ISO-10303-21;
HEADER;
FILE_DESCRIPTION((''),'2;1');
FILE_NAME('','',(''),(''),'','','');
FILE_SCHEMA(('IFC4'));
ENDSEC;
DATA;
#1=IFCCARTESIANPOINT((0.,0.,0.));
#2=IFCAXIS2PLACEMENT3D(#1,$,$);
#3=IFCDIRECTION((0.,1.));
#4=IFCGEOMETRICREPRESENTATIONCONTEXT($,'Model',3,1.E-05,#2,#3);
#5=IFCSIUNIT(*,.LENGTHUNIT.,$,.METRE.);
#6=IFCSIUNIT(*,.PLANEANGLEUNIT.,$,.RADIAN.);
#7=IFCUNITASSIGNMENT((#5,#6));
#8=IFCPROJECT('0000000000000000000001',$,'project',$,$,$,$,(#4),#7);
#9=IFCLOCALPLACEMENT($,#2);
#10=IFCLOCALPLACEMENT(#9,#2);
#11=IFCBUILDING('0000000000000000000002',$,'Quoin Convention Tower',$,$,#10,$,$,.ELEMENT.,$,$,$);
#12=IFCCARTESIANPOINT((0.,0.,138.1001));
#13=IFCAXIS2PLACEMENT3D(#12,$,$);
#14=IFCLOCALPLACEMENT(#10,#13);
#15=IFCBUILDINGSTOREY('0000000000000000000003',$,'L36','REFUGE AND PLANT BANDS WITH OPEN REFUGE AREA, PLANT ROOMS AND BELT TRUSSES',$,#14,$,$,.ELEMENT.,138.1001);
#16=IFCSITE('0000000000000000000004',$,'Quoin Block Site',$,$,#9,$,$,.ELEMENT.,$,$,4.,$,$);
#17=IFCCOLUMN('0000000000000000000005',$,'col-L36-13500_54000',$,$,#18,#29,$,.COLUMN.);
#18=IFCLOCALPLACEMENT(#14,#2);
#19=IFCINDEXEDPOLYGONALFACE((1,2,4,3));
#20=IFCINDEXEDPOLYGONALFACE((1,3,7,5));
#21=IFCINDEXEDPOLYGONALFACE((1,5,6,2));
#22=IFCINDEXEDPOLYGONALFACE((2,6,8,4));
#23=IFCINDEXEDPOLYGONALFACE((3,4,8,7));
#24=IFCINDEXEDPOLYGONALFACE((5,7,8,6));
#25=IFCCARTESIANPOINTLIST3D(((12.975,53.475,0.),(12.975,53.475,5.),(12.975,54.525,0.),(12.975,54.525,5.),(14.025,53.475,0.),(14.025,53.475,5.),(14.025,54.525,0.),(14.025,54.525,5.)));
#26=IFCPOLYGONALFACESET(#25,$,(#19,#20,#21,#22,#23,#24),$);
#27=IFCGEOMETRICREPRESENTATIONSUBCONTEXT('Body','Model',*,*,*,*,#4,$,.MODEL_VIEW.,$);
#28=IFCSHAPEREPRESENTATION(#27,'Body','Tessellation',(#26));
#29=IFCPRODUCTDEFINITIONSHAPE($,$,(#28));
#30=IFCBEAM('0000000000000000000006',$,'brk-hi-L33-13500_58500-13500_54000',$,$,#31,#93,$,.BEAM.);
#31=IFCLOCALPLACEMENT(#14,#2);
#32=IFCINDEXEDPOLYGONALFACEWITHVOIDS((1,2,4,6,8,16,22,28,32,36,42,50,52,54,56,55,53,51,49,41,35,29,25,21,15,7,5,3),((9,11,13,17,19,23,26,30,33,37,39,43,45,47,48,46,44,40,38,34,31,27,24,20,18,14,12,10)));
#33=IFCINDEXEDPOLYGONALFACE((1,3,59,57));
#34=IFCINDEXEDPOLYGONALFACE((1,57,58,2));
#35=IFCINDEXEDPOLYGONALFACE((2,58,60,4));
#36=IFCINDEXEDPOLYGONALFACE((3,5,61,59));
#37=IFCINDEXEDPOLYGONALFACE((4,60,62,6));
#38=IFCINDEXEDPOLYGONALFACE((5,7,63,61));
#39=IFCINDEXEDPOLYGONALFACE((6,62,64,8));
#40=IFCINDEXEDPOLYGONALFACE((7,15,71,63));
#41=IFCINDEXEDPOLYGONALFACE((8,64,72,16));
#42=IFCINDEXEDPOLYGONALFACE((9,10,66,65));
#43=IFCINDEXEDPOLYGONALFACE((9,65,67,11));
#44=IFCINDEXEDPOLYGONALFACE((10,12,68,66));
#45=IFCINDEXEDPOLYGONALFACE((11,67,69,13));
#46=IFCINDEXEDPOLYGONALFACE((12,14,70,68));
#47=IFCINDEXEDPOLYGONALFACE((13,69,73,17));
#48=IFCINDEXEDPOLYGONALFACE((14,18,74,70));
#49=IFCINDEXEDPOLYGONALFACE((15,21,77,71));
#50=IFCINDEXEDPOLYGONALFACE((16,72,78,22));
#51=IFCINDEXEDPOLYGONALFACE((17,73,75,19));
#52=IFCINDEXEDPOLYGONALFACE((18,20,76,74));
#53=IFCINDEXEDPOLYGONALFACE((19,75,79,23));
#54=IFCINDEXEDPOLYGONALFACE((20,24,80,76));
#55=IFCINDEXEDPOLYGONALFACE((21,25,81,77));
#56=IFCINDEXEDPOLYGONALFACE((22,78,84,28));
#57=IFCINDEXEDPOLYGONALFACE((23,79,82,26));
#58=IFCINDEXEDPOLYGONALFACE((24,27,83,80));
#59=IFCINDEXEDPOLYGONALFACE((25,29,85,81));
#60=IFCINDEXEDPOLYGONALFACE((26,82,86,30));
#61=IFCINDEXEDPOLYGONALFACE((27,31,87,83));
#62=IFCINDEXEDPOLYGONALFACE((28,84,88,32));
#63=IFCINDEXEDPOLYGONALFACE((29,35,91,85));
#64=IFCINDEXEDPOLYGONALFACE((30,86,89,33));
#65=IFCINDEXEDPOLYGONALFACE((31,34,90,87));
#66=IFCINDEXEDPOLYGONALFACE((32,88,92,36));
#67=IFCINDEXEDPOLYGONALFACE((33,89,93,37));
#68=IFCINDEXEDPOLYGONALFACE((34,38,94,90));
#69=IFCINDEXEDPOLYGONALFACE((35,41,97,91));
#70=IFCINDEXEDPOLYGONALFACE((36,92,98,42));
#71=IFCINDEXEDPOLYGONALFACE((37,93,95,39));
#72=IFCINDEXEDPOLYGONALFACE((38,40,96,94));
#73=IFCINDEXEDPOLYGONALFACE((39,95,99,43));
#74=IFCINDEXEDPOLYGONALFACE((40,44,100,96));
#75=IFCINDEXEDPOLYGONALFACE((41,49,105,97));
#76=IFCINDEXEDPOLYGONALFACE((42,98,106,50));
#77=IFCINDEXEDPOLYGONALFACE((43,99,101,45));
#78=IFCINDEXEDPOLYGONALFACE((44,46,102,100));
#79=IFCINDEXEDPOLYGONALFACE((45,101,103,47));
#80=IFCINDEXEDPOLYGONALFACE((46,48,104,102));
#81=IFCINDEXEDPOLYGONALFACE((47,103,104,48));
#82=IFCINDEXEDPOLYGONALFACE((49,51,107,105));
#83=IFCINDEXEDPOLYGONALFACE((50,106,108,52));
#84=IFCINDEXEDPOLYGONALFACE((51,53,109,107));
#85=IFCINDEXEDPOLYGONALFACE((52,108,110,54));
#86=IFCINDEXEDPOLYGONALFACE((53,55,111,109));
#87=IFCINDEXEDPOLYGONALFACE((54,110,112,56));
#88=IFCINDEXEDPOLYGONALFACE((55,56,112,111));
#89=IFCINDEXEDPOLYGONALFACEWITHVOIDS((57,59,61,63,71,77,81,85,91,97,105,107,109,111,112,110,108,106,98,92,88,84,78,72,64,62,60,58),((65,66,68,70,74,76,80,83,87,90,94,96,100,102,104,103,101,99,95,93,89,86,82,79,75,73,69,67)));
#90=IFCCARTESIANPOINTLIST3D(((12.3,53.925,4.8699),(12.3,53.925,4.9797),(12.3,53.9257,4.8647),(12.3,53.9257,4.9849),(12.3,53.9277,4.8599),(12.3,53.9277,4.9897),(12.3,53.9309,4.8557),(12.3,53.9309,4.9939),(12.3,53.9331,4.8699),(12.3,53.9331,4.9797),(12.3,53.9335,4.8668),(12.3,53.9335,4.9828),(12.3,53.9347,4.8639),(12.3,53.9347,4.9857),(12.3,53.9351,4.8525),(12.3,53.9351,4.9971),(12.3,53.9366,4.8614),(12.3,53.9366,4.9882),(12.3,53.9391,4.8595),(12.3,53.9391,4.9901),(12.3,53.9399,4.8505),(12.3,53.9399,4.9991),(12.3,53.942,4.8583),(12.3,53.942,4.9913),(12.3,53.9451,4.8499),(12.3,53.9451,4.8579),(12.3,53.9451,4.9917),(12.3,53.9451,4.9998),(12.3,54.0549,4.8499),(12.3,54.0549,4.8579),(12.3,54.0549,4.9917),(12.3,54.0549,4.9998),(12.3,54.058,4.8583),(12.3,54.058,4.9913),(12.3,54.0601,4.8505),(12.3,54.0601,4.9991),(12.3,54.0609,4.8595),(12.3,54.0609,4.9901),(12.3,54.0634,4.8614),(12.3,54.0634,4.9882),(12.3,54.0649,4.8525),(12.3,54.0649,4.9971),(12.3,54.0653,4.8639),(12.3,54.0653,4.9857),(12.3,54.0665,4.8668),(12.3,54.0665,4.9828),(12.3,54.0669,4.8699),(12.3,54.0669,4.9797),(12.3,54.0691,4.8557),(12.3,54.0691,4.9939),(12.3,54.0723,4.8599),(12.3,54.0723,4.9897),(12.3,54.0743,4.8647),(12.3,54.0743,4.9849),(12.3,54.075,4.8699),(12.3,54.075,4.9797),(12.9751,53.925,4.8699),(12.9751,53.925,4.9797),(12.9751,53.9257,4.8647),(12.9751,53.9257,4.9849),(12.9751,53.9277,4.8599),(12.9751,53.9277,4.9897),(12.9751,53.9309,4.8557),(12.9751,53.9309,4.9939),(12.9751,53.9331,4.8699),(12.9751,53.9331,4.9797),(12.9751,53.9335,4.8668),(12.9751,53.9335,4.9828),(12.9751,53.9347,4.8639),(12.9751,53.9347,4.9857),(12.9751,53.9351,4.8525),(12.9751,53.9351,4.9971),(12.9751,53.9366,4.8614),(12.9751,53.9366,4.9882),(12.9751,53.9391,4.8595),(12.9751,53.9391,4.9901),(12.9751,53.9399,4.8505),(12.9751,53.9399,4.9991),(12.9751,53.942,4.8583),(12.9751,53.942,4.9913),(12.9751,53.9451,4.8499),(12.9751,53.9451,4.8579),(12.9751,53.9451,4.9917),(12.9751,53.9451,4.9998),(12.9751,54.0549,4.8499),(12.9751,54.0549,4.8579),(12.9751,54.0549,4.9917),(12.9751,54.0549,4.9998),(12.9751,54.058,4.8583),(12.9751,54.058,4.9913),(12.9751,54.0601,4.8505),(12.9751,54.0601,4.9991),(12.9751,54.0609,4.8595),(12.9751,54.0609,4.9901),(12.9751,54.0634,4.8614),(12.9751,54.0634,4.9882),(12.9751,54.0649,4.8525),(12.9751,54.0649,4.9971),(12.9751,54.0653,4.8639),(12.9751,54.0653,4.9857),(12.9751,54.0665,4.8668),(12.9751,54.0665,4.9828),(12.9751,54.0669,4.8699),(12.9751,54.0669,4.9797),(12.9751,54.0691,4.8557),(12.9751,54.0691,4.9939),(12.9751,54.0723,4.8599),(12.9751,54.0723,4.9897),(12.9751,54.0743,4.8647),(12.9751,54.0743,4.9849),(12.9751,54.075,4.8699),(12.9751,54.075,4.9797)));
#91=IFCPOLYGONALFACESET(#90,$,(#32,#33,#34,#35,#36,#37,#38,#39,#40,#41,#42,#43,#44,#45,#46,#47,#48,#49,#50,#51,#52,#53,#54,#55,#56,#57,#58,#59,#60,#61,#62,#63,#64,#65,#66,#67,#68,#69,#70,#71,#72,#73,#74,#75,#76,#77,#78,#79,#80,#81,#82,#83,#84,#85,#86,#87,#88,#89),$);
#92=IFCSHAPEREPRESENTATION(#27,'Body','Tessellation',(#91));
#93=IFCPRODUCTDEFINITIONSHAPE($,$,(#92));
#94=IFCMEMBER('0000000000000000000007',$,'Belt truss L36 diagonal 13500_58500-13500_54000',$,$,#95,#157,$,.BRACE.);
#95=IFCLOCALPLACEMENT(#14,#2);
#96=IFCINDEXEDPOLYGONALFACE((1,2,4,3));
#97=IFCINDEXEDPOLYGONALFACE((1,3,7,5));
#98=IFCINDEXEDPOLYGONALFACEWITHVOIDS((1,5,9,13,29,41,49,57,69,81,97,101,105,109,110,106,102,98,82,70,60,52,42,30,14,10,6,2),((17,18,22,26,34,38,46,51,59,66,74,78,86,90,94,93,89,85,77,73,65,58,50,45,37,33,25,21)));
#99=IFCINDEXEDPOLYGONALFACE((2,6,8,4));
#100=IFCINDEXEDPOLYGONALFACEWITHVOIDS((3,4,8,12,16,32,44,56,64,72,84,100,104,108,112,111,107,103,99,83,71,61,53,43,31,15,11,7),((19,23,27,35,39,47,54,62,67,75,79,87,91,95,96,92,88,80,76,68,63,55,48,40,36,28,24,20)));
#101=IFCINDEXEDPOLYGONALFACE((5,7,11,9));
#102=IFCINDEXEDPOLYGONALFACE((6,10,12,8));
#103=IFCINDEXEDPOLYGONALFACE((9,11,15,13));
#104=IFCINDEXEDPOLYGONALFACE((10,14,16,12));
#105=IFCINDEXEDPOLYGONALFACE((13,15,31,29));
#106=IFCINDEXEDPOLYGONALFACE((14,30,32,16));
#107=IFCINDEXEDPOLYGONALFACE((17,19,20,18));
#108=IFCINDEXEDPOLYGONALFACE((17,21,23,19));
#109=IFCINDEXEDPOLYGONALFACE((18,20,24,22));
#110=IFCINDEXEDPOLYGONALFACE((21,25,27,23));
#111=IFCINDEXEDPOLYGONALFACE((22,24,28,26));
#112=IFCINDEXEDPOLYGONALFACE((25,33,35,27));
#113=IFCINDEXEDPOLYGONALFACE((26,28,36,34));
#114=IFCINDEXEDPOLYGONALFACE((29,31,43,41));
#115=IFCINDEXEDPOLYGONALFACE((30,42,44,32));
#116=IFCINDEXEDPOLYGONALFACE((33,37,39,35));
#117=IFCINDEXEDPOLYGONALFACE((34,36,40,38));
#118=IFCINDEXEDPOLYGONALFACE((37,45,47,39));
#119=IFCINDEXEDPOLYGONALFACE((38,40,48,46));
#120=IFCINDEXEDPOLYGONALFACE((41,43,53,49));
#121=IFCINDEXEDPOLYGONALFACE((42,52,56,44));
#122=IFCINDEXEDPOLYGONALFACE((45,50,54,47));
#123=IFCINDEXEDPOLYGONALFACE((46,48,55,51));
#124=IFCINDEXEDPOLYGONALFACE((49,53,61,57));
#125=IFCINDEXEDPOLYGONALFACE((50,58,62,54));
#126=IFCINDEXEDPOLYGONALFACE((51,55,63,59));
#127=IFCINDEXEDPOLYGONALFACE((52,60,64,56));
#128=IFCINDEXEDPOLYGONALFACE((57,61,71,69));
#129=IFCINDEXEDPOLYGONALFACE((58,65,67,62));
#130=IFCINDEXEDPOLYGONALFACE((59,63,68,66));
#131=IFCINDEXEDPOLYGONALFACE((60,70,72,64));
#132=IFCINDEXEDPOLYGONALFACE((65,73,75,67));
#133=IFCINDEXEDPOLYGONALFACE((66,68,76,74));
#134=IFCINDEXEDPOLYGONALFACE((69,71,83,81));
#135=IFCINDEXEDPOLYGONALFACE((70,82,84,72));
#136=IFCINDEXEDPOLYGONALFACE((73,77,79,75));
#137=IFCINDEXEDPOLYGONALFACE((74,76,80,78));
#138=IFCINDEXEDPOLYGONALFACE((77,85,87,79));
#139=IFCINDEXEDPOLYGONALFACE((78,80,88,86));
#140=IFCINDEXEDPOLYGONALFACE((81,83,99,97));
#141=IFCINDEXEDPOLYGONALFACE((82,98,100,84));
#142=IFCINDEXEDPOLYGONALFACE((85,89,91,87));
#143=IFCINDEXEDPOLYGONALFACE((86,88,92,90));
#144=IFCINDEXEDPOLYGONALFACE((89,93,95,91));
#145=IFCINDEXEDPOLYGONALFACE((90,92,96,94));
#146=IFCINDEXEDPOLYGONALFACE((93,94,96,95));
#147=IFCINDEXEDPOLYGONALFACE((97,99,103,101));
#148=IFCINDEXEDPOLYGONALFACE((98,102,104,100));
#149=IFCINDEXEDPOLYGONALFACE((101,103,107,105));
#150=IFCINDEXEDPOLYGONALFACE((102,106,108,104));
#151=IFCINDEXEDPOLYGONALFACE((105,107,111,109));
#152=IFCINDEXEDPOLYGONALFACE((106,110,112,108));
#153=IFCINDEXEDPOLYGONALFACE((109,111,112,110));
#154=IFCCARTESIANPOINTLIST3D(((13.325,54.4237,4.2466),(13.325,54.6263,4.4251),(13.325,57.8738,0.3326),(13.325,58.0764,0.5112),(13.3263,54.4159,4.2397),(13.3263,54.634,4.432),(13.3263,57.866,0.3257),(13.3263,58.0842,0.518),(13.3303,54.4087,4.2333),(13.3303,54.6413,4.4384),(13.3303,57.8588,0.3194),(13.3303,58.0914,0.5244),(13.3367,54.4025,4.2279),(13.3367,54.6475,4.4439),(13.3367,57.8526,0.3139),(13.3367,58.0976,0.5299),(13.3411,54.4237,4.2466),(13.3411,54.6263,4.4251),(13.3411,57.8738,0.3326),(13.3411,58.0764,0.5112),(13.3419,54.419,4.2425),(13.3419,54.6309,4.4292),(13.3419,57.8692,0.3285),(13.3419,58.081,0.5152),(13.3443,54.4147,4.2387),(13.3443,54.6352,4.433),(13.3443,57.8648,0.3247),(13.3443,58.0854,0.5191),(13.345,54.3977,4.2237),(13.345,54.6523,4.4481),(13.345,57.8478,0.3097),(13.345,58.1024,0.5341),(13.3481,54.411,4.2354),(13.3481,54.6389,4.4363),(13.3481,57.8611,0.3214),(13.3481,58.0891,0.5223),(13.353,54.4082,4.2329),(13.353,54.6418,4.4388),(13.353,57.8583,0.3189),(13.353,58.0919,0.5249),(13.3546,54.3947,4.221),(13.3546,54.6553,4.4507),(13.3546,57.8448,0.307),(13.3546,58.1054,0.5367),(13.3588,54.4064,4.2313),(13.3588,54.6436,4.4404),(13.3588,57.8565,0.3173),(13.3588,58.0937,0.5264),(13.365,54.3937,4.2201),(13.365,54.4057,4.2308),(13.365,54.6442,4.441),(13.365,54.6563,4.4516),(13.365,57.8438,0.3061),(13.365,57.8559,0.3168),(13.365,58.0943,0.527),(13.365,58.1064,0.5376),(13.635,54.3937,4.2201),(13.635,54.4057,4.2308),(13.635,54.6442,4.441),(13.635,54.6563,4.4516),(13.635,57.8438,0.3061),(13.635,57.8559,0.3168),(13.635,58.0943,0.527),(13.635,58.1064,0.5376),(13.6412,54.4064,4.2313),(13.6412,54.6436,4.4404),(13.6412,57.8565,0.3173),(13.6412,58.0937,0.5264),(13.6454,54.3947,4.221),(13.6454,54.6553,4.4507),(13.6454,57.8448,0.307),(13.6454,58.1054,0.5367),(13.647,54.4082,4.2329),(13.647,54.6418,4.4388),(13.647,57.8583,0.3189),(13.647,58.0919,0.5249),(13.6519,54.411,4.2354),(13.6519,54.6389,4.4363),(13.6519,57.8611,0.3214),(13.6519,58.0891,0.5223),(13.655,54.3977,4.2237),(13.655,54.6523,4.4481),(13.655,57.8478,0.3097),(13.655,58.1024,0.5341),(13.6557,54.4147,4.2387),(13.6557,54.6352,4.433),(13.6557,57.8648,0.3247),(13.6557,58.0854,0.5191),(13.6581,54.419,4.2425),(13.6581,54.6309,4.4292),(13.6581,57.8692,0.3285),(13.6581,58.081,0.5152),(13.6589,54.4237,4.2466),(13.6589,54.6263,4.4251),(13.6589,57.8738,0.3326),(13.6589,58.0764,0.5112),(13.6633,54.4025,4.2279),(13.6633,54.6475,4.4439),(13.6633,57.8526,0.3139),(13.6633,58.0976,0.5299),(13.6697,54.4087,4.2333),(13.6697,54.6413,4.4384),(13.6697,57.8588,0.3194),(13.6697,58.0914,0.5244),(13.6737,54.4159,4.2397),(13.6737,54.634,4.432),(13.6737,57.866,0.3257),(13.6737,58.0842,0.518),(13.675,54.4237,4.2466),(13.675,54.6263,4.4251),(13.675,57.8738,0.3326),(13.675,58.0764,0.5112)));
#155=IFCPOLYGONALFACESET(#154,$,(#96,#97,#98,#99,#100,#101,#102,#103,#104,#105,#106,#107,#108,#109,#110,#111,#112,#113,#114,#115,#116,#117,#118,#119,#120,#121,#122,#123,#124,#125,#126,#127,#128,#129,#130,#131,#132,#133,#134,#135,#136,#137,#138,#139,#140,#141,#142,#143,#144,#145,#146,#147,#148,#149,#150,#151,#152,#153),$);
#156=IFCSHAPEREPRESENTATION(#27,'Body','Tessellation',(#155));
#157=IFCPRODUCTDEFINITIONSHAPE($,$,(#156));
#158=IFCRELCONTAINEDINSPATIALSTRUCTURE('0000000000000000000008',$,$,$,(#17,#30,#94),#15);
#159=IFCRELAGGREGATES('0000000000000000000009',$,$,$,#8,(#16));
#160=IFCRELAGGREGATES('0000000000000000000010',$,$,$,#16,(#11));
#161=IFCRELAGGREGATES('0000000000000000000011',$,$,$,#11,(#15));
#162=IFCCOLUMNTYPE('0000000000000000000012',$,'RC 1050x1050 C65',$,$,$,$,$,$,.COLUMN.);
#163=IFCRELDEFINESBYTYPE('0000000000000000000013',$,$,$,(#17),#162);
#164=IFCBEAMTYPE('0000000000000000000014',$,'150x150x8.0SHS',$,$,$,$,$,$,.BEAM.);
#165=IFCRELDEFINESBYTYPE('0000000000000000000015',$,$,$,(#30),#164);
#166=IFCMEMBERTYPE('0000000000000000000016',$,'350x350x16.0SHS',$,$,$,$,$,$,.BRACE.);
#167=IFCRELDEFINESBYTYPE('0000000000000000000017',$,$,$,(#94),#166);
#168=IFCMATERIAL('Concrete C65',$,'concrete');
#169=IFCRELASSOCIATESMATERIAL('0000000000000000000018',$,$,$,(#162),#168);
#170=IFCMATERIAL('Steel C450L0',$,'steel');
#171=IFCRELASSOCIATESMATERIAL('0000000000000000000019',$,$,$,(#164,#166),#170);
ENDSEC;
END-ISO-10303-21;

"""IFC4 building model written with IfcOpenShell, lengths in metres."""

from ifc_helpers import new_model, si_unit, direction, frame, origin, origin_2d, place, context, subcontext, project, spatial, rectangle, hollow_rectangle, extrude, material, material_profile, profile_set, type_object, element, save


model = new_model("IFC4")

# Units and contexts
model_context = context("Model", 3, precision=1e-05, world=origin(), true_north=direction((0.0, 1.0)))
body_context = subcontext(model_context, "Body", "Model", "MODEL_VIEW")
ifc_project = project(units=[si_unit("LENGTHUNIT", "METRE"), si_unit("PLANEANGLEUNIT", "RADIAN")], contexts=[model_context])

# Site, building, storey
site_placement = place(None, origin())
site = spatial("IfcSite", under=ifc_project, at=site_placement, Name="Quoin Block Site", CompositionType="ELEMENT", RefElevation=4.0)
building_placement = place(site_placement, origin())
building = spatial("IfcBuilding", under=site, at=building_placement, Name="Quoin Convention Tower", CompositionType="ELEMENT")
storey_placement = place(building_placement, frame((0.0, 0.0, 138.1001)))
storey = spatial("IfcBuildingStorey", under=building, at=storey_placement, Name="L36", Description="REFUGE AND PLANT BANDS WITH OPEN REFUGE AREA, PLANT ROOMS AND BELT TRUSSES", CompositionType="ELEMENT", Elevation=138.1001)

# Column
ifc_material_1 = material(Name="Concrete C65", Category="concrete")
ifc_material_profile_1 = material_profile(ifc_material_1, rectangle(XDim=1.05, YDim=1.05, at=origin_2d()), Name="RC 1050x1050")
ifc_profile_set_1 = profile_set([ifc_material_profile_1], Name="Concrete C65")
column_type = type_object("IfcColumnType", Name="RC 1050x1050 C65", PredefinedType="COLUMN", material=ifc_profile_set_1)
column_placement = place(storey_placement, frame((13.5, 54.0, 0.0), z_axis=(0.0, 0.0, 1.0), x_axis=(1.0, 0.0, 0.0)))
element("IfcColumn", 1, at=column_placement, inside=storey, type_object=column_type, Name="col-L36-13500_54000", PredefinedType="COLUMN", context=body_context, shape_type="SweptSolid", body=[
    extrude(rectangle(XDim=1.05, YDim=1.05, at=origin_2d()), origin(), (0.0, 0.0, 1.0), 5.0),
])

# Beam
ifc_material_2 = material(Name="Steel C450L0", Category="steel")
ifc_material_profile_2 = material_profile(ifc_material_2, hollow_rectangle(XDim=0.1499, YDim=0.1499, WallThickness=0.0081, InnerFilletRadius=0.012, OuterFilletRadius=0.02, at=origin_2d()), Name="150x150x8.0SHS")
ifc_profile_set_2 = profile_set([ifc_material_profile_2], Name="Steel C450L0")
beam_type_1 = type_object("IfcBeamType", Name="150x150x8.0SHS", PredefinedType="BEAM", material=ifc_profile_set_2)
beam_1_placement = place(storey_placement, frame((12.9751, 54.0, 4.9248), z_axis=(-1.0, 0.0, 0.0), x_axis=(0.0, -1.0, 0.0)))
element("IfcBeam", 2, at=beam_1_placement, inside=storey, type_object=beam_type_1, Name="brk-hi-L33-13500_58500-13500_54000", PredefinedType="BEAM", context=body_context, shape_type="SweptSolid", body=[
    extrude(hollow_rectangle(XDim=0.1499, YDim=0.1499, WallThickness=0.0081, InnerFilletRadius=0.012, OuterFilletRadius=0.02, at=origin_2d()), origin(), (0.0, 0.0, 1.0), 0.675),
])

# Member
ifc_material_profile_3 = material_profile(ifc_material_2, hollow_rectangle(XDim=0.3501, YDim=0.3501, WallThickness=0.0161, InnerFilletRadius=0.0239, OuterFilletRadius=0.04, at=origin_2d()), Name="350x350x16.0SHS")
ifc_profile_set_3 = profile_set([ifc_material_profile_3], Name="Steel C450L0")
member_type_1 = type_object("IfcMemberType", Name="350x350x16.0SHS", PredefinedType="BRACE", material=ifc_profile_set_3)
for number, where, z_axis, x_axis, name in (
    (3, (13.5, 57.9751, 0.4219), (0.0, -0.661256, 0.75016), (1.0, 0.0, 0.0), "Belt truss L36 diagonal 13500_58500-13500_54000"),
):
    element("IfcMember", number, at=place(storey_placement, frame(where, z_axis=z_axis, x_axis=x_axis)), inside=storey, type_object=member_type_1, Name=name, PredefinedType="BRACE", context=body_context, shape_type="SweptSolid", body=[
        extrude(hollow_rectangle(XDim=0.3501, YDim=0.3501, WallThickness=0.0161, InnerFilletRadius=0.0239, OuterFilletRadius=0.04, at=origin_2d()), origin(), (0.0, 0.0, 1.0), 5.2175),
    ])

save(model, "model.ifc")
